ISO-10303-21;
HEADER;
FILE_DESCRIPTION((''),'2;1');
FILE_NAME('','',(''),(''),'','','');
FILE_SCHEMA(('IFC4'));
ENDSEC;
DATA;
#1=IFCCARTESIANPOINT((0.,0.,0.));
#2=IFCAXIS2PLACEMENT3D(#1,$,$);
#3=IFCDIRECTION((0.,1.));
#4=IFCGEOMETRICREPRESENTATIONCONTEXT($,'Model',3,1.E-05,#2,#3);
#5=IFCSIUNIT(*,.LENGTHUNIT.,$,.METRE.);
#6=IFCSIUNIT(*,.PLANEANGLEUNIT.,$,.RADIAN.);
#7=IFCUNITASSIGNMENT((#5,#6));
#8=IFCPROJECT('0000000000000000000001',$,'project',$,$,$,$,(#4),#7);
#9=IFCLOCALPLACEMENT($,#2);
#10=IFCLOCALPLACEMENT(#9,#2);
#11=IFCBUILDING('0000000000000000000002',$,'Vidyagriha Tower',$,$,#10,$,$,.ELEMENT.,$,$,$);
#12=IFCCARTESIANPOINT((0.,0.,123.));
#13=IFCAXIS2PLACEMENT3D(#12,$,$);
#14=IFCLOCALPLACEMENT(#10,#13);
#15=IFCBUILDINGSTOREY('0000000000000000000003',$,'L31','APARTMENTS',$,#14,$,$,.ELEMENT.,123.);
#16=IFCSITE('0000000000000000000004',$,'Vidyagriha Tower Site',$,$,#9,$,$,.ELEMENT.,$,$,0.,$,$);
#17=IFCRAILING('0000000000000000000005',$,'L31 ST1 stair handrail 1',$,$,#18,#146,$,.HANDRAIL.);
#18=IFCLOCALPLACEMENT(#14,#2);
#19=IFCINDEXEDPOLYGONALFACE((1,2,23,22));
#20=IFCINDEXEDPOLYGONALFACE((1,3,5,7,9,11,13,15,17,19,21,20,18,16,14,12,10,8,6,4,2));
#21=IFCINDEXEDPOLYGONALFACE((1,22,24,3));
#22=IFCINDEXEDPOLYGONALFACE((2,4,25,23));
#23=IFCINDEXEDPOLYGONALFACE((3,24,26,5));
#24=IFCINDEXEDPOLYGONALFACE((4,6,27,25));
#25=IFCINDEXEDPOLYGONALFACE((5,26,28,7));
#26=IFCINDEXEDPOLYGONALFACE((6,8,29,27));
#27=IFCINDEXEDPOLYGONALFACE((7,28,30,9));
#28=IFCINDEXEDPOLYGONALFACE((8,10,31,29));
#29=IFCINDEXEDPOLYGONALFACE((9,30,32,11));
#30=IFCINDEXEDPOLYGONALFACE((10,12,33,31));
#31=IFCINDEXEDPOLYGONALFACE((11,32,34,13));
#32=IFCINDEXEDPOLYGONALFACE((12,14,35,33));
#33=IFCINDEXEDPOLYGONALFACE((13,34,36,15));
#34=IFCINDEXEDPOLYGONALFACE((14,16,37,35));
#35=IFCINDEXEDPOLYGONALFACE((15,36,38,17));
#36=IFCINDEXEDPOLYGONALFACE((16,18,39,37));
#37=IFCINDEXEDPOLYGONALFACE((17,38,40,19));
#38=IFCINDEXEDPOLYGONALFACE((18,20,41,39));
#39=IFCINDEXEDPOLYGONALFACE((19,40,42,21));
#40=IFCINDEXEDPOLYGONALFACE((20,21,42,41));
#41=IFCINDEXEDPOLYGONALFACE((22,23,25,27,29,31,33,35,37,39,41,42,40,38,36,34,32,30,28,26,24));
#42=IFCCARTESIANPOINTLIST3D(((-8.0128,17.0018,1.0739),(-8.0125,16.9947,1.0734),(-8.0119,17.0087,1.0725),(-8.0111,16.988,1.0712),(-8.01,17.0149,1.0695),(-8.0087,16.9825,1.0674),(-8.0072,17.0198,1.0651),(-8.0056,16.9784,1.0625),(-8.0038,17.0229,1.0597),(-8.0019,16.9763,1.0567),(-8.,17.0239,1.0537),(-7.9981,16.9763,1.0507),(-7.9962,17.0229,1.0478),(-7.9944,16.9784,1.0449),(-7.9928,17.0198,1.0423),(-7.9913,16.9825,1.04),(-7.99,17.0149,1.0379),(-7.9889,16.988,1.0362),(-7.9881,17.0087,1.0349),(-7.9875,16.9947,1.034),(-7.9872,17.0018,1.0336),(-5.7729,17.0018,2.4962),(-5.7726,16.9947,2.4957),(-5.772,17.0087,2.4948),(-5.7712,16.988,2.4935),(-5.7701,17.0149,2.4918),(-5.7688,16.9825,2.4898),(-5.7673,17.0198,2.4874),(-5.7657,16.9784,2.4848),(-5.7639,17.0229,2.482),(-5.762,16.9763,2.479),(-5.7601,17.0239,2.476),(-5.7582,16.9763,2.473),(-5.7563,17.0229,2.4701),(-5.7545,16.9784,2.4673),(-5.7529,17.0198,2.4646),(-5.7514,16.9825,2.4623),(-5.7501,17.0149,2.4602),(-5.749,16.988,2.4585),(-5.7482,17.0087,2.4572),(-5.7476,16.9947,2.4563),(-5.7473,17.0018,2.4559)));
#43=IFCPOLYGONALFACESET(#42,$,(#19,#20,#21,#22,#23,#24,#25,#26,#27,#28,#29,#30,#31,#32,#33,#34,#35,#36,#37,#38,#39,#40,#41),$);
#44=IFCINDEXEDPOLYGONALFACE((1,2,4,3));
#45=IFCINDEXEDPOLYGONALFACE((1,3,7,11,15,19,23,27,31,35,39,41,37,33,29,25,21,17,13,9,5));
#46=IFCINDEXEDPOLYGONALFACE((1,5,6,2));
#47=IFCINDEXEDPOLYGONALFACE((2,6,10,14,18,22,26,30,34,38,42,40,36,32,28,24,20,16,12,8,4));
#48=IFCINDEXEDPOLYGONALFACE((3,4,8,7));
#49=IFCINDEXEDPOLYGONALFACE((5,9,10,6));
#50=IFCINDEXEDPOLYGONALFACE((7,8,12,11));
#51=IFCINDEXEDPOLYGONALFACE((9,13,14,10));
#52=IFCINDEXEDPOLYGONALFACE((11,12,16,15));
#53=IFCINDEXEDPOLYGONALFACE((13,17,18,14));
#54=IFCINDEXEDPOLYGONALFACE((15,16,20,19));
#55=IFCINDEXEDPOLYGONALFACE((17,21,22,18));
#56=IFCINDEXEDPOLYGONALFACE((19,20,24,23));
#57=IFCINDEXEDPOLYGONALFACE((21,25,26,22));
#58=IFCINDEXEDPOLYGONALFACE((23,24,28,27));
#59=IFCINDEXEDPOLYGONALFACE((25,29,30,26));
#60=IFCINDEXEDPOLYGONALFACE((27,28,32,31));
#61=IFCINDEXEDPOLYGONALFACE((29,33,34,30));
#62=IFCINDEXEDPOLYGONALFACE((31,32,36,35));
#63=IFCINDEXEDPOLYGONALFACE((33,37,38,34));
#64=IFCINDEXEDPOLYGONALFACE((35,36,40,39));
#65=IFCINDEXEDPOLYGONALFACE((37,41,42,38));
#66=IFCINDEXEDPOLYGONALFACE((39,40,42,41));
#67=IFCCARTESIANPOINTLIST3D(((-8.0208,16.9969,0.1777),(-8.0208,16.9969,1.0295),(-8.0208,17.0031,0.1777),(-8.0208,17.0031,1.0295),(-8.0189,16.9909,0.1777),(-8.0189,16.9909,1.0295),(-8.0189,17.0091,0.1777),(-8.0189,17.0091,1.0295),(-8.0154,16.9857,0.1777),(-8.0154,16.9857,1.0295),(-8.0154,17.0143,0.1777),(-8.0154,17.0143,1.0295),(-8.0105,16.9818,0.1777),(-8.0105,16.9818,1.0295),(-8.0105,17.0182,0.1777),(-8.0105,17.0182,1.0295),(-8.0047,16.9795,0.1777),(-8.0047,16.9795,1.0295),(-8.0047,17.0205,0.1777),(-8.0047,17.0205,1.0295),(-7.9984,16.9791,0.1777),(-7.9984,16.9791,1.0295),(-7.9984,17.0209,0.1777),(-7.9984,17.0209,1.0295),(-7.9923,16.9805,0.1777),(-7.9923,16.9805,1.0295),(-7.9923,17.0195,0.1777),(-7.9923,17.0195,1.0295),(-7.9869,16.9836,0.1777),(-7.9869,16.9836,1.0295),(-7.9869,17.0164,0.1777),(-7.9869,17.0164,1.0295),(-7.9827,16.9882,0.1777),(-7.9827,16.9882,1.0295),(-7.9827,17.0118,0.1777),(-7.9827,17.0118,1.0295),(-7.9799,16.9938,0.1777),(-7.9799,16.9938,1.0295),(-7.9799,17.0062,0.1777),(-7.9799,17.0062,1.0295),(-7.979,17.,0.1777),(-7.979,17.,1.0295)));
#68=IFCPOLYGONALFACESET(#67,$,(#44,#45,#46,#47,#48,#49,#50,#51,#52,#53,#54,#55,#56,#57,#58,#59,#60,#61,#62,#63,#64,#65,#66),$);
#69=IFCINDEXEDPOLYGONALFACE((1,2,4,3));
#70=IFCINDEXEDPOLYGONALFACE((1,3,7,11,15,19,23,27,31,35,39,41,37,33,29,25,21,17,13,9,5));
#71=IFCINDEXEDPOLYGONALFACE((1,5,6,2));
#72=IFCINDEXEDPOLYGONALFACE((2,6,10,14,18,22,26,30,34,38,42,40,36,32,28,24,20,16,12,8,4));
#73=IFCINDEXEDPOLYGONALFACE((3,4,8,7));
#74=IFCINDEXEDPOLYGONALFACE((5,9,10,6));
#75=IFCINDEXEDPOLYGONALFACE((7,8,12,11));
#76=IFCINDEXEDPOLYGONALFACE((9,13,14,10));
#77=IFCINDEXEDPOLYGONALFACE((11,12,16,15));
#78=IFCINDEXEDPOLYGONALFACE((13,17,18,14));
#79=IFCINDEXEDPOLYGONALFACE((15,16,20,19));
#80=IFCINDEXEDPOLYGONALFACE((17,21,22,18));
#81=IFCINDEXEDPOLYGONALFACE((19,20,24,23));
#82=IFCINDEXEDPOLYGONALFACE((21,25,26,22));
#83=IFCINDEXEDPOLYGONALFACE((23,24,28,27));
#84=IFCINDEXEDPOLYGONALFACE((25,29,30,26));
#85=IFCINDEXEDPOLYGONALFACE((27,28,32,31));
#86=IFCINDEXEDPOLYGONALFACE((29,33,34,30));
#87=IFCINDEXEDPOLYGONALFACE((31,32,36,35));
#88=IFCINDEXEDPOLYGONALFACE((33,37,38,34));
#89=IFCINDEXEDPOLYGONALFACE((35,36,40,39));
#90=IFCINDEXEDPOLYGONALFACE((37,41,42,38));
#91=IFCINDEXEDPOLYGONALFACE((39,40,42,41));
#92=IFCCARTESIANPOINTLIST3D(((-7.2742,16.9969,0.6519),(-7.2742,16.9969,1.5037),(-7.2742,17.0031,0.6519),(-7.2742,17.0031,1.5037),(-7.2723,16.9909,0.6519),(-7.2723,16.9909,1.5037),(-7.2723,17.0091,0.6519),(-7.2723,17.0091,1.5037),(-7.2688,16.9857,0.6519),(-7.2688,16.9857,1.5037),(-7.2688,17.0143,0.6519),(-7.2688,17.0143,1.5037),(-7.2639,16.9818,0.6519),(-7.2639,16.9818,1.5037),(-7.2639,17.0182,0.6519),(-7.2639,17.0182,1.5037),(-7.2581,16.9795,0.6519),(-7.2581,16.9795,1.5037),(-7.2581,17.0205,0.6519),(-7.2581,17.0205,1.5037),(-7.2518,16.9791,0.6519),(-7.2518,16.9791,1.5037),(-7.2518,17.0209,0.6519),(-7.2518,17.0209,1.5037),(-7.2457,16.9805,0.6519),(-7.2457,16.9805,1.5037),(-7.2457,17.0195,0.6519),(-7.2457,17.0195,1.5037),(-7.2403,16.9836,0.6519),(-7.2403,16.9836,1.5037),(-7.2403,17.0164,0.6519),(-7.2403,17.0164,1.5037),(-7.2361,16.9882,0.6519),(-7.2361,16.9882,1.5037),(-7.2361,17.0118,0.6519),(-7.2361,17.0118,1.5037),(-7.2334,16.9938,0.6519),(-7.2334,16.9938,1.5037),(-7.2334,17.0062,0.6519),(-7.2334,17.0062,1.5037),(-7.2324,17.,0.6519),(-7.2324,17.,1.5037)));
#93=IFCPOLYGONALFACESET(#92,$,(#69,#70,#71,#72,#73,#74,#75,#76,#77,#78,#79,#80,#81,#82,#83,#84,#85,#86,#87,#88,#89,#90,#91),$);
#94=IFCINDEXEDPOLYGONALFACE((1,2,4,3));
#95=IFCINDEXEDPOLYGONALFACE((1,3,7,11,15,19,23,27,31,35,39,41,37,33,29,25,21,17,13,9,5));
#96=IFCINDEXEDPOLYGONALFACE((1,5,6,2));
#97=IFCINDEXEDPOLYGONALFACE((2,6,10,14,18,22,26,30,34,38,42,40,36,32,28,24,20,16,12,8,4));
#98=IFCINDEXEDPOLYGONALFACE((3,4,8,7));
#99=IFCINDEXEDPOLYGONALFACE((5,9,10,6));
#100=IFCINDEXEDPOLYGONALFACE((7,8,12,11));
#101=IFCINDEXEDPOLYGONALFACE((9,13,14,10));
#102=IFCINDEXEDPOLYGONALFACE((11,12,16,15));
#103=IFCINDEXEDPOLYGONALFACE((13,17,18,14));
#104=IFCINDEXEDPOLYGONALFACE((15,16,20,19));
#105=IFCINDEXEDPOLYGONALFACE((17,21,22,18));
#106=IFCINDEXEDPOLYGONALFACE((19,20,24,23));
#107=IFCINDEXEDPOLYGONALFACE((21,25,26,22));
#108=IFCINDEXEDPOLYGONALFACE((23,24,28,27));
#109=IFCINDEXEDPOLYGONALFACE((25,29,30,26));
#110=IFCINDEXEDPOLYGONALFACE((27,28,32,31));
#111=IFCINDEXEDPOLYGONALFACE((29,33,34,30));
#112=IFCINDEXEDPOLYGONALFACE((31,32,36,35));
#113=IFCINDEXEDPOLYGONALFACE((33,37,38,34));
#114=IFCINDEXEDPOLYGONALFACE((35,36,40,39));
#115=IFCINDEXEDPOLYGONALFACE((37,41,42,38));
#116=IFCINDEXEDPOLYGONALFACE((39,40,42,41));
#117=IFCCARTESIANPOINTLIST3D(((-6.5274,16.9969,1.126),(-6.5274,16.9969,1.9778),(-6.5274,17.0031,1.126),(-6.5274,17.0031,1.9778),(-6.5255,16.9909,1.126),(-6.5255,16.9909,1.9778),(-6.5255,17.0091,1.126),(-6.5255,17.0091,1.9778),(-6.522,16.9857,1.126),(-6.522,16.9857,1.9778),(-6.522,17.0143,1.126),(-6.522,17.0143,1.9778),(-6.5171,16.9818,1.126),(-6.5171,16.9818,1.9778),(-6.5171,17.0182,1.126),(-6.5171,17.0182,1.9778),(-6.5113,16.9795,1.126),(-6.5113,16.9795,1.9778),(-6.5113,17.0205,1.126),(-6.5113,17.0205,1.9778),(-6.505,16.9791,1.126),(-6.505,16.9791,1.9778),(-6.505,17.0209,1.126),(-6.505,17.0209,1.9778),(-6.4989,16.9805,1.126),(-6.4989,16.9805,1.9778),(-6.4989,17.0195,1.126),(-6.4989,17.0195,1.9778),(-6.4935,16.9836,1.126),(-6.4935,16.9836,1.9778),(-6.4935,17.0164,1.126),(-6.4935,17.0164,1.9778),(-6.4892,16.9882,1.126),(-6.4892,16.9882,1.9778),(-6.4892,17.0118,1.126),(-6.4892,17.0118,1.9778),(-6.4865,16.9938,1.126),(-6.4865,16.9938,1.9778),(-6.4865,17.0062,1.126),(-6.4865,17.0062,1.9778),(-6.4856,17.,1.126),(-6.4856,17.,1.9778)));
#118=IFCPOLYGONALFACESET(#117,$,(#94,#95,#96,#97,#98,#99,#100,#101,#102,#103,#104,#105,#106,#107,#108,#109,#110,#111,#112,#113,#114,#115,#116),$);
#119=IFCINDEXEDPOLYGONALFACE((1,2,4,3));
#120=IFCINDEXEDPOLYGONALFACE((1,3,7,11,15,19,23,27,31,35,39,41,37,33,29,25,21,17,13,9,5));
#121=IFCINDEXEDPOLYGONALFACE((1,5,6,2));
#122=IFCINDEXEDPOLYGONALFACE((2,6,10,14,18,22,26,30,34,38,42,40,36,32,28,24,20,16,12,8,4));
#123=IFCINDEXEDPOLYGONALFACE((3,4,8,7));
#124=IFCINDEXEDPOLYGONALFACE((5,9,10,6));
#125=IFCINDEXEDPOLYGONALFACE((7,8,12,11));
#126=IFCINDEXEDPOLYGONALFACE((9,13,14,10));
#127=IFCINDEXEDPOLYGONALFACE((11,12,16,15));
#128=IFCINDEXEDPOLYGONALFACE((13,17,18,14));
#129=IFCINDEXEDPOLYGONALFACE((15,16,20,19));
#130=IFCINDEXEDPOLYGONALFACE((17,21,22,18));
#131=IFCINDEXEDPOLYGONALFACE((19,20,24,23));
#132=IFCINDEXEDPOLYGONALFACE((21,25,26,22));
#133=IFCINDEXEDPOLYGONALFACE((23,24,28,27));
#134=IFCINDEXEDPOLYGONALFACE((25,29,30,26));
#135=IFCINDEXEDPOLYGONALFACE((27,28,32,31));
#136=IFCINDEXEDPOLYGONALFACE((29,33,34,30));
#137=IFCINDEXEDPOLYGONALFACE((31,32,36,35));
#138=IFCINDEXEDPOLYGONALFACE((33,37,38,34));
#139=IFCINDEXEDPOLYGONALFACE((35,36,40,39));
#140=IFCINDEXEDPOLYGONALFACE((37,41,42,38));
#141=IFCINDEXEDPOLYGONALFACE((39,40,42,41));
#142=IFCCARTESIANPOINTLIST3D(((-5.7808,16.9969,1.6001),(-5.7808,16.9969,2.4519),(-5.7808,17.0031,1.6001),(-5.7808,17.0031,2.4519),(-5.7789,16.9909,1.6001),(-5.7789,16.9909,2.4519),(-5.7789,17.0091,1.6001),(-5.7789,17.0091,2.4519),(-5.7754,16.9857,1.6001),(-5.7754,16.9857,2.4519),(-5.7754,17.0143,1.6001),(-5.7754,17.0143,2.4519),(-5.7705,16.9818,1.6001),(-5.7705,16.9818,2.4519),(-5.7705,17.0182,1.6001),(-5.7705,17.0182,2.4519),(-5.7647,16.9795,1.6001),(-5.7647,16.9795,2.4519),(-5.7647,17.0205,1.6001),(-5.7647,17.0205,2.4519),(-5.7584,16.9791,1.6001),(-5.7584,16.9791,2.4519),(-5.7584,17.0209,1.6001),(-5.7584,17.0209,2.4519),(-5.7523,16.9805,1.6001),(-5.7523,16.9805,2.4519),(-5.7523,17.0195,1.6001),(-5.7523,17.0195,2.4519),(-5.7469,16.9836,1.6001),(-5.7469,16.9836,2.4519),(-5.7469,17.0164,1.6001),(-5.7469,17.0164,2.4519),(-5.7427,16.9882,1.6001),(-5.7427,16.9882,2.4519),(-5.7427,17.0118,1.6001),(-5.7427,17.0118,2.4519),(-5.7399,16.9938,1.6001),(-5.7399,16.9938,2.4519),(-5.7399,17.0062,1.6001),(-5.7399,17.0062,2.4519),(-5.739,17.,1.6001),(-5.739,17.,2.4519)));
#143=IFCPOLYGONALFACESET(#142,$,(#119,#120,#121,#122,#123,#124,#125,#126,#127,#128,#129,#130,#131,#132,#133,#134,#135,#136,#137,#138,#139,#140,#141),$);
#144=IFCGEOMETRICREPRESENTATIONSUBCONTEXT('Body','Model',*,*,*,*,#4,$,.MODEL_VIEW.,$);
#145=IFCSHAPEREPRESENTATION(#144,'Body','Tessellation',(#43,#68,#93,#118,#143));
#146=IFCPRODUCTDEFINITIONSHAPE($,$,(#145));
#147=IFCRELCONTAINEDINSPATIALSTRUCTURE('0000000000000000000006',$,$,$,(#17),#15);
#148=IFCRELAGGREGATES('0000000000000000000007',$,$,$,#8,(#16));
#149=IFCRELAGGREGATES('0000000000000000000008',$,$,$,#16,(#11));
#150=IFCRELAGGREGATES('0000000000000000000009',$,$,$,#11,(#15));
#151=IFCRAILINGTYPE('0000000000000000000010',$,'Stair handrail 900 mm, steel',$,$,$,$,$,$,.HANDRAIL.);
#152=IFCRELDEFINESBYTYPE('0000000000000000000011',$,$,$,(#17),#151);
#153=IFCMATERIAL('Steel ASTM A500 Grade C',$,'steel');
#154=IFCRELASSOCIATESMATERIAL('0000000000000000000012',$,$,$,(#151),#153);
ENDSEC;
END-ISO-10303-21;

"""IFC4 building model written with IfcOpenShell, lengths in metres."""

from ifc_helpers import new_model, si_unit, direction, frame, origin, origin_2d, place, context, subcontext, project, spatial, circle, extrude, material, type_object, element, save


model = new_model("IFC4")

# Units and contexts
model_context = context("Model", 3, precision=1e-05, world=origin(), true_north=direction((0.0, 1.0)))
body_context = subcontext(model_context, "Body", "Model", "MODEL_VIEW")
ifc_project = project(units=[si_unit("LENGTHUNIT", "METRE"), si_unit("PLANEANGLEUNIT", "RADIAN")], contexts=[model_context])

# Site, building, storey
site_placement = place(None, origin())
site = spatial("IfcSite", under=ifc_project, at=site_placement, Name="Vidyagriha Tower Site", CompositionType="ELEMENT", RefElevation=0.0)
building_placement = place(site_placement, origin())
building = spatial("IfcBuilding", under=site, at=building_placement, Name="Vidyagriha Tower", CompositionType="ELEMENT")
storey_placement = place(building_placement, frame((0.0, 0.0, 123.0)))
storey = spatial("IfcBuildingStorey", under=building, at=storey_placement, Name="L31", Description="APARTMENTS", CompositionType="ELEMENT", Elevation=123.0)

# Railing
ifc_material_1 = material(Name="Steel ASTM A500 Grade C", Category="steel")
railing_type_1 = type_object("IfcRailingType", Name="Stair handrail 900 mm, steel", PredefinedType="HANDRAIL", material=ifc_material_1)
railing_1_placement = place(storey_placement, frame((-8.0, 17.0, 0.1777)))
element("IfcRailing", 1, at=railing_1_placement, inside=storey, type_object=railing_type_1, Name="L31 ST1 stair handrail 1", PredefinedType="HANDRAIL", context=body_context, shape_type="SweptSolid", body=[
    extrude(circle(Radius=0.0239, at=origin_2d()), frame((0.0, 0.0, 0.876), z_axis=(0.844188, 0.0, 0.536048), x_axis=(0.0, 1.0, 0.0)), (0.0, 0.0, 1.0), 2.6533),
    extrude(circle(Radius=0.021, at=origin_2d()), origin(), (0.0, 0.0, 1.0), 0.8518),
    extrude(circle(Radius=0.021, at=origin_2d()), frame((0.7466, 0.0, 0.4741)), (0.0, 0.0, 1.0), 0.8518),
    extrude(circle(Radius=0.021, at=origin_2d()), frame((1.4934, 0.0, 0.9482)), (0.0, 0.0, 1.0), 0.8518),
    extrude(circle(Radius=0.021, at=origin_2d()), frame((2.24, 0.0, 1.4224)), (0.0, 0.0, 1.0), 0.8518),
])

save(model, "model.ifc")
